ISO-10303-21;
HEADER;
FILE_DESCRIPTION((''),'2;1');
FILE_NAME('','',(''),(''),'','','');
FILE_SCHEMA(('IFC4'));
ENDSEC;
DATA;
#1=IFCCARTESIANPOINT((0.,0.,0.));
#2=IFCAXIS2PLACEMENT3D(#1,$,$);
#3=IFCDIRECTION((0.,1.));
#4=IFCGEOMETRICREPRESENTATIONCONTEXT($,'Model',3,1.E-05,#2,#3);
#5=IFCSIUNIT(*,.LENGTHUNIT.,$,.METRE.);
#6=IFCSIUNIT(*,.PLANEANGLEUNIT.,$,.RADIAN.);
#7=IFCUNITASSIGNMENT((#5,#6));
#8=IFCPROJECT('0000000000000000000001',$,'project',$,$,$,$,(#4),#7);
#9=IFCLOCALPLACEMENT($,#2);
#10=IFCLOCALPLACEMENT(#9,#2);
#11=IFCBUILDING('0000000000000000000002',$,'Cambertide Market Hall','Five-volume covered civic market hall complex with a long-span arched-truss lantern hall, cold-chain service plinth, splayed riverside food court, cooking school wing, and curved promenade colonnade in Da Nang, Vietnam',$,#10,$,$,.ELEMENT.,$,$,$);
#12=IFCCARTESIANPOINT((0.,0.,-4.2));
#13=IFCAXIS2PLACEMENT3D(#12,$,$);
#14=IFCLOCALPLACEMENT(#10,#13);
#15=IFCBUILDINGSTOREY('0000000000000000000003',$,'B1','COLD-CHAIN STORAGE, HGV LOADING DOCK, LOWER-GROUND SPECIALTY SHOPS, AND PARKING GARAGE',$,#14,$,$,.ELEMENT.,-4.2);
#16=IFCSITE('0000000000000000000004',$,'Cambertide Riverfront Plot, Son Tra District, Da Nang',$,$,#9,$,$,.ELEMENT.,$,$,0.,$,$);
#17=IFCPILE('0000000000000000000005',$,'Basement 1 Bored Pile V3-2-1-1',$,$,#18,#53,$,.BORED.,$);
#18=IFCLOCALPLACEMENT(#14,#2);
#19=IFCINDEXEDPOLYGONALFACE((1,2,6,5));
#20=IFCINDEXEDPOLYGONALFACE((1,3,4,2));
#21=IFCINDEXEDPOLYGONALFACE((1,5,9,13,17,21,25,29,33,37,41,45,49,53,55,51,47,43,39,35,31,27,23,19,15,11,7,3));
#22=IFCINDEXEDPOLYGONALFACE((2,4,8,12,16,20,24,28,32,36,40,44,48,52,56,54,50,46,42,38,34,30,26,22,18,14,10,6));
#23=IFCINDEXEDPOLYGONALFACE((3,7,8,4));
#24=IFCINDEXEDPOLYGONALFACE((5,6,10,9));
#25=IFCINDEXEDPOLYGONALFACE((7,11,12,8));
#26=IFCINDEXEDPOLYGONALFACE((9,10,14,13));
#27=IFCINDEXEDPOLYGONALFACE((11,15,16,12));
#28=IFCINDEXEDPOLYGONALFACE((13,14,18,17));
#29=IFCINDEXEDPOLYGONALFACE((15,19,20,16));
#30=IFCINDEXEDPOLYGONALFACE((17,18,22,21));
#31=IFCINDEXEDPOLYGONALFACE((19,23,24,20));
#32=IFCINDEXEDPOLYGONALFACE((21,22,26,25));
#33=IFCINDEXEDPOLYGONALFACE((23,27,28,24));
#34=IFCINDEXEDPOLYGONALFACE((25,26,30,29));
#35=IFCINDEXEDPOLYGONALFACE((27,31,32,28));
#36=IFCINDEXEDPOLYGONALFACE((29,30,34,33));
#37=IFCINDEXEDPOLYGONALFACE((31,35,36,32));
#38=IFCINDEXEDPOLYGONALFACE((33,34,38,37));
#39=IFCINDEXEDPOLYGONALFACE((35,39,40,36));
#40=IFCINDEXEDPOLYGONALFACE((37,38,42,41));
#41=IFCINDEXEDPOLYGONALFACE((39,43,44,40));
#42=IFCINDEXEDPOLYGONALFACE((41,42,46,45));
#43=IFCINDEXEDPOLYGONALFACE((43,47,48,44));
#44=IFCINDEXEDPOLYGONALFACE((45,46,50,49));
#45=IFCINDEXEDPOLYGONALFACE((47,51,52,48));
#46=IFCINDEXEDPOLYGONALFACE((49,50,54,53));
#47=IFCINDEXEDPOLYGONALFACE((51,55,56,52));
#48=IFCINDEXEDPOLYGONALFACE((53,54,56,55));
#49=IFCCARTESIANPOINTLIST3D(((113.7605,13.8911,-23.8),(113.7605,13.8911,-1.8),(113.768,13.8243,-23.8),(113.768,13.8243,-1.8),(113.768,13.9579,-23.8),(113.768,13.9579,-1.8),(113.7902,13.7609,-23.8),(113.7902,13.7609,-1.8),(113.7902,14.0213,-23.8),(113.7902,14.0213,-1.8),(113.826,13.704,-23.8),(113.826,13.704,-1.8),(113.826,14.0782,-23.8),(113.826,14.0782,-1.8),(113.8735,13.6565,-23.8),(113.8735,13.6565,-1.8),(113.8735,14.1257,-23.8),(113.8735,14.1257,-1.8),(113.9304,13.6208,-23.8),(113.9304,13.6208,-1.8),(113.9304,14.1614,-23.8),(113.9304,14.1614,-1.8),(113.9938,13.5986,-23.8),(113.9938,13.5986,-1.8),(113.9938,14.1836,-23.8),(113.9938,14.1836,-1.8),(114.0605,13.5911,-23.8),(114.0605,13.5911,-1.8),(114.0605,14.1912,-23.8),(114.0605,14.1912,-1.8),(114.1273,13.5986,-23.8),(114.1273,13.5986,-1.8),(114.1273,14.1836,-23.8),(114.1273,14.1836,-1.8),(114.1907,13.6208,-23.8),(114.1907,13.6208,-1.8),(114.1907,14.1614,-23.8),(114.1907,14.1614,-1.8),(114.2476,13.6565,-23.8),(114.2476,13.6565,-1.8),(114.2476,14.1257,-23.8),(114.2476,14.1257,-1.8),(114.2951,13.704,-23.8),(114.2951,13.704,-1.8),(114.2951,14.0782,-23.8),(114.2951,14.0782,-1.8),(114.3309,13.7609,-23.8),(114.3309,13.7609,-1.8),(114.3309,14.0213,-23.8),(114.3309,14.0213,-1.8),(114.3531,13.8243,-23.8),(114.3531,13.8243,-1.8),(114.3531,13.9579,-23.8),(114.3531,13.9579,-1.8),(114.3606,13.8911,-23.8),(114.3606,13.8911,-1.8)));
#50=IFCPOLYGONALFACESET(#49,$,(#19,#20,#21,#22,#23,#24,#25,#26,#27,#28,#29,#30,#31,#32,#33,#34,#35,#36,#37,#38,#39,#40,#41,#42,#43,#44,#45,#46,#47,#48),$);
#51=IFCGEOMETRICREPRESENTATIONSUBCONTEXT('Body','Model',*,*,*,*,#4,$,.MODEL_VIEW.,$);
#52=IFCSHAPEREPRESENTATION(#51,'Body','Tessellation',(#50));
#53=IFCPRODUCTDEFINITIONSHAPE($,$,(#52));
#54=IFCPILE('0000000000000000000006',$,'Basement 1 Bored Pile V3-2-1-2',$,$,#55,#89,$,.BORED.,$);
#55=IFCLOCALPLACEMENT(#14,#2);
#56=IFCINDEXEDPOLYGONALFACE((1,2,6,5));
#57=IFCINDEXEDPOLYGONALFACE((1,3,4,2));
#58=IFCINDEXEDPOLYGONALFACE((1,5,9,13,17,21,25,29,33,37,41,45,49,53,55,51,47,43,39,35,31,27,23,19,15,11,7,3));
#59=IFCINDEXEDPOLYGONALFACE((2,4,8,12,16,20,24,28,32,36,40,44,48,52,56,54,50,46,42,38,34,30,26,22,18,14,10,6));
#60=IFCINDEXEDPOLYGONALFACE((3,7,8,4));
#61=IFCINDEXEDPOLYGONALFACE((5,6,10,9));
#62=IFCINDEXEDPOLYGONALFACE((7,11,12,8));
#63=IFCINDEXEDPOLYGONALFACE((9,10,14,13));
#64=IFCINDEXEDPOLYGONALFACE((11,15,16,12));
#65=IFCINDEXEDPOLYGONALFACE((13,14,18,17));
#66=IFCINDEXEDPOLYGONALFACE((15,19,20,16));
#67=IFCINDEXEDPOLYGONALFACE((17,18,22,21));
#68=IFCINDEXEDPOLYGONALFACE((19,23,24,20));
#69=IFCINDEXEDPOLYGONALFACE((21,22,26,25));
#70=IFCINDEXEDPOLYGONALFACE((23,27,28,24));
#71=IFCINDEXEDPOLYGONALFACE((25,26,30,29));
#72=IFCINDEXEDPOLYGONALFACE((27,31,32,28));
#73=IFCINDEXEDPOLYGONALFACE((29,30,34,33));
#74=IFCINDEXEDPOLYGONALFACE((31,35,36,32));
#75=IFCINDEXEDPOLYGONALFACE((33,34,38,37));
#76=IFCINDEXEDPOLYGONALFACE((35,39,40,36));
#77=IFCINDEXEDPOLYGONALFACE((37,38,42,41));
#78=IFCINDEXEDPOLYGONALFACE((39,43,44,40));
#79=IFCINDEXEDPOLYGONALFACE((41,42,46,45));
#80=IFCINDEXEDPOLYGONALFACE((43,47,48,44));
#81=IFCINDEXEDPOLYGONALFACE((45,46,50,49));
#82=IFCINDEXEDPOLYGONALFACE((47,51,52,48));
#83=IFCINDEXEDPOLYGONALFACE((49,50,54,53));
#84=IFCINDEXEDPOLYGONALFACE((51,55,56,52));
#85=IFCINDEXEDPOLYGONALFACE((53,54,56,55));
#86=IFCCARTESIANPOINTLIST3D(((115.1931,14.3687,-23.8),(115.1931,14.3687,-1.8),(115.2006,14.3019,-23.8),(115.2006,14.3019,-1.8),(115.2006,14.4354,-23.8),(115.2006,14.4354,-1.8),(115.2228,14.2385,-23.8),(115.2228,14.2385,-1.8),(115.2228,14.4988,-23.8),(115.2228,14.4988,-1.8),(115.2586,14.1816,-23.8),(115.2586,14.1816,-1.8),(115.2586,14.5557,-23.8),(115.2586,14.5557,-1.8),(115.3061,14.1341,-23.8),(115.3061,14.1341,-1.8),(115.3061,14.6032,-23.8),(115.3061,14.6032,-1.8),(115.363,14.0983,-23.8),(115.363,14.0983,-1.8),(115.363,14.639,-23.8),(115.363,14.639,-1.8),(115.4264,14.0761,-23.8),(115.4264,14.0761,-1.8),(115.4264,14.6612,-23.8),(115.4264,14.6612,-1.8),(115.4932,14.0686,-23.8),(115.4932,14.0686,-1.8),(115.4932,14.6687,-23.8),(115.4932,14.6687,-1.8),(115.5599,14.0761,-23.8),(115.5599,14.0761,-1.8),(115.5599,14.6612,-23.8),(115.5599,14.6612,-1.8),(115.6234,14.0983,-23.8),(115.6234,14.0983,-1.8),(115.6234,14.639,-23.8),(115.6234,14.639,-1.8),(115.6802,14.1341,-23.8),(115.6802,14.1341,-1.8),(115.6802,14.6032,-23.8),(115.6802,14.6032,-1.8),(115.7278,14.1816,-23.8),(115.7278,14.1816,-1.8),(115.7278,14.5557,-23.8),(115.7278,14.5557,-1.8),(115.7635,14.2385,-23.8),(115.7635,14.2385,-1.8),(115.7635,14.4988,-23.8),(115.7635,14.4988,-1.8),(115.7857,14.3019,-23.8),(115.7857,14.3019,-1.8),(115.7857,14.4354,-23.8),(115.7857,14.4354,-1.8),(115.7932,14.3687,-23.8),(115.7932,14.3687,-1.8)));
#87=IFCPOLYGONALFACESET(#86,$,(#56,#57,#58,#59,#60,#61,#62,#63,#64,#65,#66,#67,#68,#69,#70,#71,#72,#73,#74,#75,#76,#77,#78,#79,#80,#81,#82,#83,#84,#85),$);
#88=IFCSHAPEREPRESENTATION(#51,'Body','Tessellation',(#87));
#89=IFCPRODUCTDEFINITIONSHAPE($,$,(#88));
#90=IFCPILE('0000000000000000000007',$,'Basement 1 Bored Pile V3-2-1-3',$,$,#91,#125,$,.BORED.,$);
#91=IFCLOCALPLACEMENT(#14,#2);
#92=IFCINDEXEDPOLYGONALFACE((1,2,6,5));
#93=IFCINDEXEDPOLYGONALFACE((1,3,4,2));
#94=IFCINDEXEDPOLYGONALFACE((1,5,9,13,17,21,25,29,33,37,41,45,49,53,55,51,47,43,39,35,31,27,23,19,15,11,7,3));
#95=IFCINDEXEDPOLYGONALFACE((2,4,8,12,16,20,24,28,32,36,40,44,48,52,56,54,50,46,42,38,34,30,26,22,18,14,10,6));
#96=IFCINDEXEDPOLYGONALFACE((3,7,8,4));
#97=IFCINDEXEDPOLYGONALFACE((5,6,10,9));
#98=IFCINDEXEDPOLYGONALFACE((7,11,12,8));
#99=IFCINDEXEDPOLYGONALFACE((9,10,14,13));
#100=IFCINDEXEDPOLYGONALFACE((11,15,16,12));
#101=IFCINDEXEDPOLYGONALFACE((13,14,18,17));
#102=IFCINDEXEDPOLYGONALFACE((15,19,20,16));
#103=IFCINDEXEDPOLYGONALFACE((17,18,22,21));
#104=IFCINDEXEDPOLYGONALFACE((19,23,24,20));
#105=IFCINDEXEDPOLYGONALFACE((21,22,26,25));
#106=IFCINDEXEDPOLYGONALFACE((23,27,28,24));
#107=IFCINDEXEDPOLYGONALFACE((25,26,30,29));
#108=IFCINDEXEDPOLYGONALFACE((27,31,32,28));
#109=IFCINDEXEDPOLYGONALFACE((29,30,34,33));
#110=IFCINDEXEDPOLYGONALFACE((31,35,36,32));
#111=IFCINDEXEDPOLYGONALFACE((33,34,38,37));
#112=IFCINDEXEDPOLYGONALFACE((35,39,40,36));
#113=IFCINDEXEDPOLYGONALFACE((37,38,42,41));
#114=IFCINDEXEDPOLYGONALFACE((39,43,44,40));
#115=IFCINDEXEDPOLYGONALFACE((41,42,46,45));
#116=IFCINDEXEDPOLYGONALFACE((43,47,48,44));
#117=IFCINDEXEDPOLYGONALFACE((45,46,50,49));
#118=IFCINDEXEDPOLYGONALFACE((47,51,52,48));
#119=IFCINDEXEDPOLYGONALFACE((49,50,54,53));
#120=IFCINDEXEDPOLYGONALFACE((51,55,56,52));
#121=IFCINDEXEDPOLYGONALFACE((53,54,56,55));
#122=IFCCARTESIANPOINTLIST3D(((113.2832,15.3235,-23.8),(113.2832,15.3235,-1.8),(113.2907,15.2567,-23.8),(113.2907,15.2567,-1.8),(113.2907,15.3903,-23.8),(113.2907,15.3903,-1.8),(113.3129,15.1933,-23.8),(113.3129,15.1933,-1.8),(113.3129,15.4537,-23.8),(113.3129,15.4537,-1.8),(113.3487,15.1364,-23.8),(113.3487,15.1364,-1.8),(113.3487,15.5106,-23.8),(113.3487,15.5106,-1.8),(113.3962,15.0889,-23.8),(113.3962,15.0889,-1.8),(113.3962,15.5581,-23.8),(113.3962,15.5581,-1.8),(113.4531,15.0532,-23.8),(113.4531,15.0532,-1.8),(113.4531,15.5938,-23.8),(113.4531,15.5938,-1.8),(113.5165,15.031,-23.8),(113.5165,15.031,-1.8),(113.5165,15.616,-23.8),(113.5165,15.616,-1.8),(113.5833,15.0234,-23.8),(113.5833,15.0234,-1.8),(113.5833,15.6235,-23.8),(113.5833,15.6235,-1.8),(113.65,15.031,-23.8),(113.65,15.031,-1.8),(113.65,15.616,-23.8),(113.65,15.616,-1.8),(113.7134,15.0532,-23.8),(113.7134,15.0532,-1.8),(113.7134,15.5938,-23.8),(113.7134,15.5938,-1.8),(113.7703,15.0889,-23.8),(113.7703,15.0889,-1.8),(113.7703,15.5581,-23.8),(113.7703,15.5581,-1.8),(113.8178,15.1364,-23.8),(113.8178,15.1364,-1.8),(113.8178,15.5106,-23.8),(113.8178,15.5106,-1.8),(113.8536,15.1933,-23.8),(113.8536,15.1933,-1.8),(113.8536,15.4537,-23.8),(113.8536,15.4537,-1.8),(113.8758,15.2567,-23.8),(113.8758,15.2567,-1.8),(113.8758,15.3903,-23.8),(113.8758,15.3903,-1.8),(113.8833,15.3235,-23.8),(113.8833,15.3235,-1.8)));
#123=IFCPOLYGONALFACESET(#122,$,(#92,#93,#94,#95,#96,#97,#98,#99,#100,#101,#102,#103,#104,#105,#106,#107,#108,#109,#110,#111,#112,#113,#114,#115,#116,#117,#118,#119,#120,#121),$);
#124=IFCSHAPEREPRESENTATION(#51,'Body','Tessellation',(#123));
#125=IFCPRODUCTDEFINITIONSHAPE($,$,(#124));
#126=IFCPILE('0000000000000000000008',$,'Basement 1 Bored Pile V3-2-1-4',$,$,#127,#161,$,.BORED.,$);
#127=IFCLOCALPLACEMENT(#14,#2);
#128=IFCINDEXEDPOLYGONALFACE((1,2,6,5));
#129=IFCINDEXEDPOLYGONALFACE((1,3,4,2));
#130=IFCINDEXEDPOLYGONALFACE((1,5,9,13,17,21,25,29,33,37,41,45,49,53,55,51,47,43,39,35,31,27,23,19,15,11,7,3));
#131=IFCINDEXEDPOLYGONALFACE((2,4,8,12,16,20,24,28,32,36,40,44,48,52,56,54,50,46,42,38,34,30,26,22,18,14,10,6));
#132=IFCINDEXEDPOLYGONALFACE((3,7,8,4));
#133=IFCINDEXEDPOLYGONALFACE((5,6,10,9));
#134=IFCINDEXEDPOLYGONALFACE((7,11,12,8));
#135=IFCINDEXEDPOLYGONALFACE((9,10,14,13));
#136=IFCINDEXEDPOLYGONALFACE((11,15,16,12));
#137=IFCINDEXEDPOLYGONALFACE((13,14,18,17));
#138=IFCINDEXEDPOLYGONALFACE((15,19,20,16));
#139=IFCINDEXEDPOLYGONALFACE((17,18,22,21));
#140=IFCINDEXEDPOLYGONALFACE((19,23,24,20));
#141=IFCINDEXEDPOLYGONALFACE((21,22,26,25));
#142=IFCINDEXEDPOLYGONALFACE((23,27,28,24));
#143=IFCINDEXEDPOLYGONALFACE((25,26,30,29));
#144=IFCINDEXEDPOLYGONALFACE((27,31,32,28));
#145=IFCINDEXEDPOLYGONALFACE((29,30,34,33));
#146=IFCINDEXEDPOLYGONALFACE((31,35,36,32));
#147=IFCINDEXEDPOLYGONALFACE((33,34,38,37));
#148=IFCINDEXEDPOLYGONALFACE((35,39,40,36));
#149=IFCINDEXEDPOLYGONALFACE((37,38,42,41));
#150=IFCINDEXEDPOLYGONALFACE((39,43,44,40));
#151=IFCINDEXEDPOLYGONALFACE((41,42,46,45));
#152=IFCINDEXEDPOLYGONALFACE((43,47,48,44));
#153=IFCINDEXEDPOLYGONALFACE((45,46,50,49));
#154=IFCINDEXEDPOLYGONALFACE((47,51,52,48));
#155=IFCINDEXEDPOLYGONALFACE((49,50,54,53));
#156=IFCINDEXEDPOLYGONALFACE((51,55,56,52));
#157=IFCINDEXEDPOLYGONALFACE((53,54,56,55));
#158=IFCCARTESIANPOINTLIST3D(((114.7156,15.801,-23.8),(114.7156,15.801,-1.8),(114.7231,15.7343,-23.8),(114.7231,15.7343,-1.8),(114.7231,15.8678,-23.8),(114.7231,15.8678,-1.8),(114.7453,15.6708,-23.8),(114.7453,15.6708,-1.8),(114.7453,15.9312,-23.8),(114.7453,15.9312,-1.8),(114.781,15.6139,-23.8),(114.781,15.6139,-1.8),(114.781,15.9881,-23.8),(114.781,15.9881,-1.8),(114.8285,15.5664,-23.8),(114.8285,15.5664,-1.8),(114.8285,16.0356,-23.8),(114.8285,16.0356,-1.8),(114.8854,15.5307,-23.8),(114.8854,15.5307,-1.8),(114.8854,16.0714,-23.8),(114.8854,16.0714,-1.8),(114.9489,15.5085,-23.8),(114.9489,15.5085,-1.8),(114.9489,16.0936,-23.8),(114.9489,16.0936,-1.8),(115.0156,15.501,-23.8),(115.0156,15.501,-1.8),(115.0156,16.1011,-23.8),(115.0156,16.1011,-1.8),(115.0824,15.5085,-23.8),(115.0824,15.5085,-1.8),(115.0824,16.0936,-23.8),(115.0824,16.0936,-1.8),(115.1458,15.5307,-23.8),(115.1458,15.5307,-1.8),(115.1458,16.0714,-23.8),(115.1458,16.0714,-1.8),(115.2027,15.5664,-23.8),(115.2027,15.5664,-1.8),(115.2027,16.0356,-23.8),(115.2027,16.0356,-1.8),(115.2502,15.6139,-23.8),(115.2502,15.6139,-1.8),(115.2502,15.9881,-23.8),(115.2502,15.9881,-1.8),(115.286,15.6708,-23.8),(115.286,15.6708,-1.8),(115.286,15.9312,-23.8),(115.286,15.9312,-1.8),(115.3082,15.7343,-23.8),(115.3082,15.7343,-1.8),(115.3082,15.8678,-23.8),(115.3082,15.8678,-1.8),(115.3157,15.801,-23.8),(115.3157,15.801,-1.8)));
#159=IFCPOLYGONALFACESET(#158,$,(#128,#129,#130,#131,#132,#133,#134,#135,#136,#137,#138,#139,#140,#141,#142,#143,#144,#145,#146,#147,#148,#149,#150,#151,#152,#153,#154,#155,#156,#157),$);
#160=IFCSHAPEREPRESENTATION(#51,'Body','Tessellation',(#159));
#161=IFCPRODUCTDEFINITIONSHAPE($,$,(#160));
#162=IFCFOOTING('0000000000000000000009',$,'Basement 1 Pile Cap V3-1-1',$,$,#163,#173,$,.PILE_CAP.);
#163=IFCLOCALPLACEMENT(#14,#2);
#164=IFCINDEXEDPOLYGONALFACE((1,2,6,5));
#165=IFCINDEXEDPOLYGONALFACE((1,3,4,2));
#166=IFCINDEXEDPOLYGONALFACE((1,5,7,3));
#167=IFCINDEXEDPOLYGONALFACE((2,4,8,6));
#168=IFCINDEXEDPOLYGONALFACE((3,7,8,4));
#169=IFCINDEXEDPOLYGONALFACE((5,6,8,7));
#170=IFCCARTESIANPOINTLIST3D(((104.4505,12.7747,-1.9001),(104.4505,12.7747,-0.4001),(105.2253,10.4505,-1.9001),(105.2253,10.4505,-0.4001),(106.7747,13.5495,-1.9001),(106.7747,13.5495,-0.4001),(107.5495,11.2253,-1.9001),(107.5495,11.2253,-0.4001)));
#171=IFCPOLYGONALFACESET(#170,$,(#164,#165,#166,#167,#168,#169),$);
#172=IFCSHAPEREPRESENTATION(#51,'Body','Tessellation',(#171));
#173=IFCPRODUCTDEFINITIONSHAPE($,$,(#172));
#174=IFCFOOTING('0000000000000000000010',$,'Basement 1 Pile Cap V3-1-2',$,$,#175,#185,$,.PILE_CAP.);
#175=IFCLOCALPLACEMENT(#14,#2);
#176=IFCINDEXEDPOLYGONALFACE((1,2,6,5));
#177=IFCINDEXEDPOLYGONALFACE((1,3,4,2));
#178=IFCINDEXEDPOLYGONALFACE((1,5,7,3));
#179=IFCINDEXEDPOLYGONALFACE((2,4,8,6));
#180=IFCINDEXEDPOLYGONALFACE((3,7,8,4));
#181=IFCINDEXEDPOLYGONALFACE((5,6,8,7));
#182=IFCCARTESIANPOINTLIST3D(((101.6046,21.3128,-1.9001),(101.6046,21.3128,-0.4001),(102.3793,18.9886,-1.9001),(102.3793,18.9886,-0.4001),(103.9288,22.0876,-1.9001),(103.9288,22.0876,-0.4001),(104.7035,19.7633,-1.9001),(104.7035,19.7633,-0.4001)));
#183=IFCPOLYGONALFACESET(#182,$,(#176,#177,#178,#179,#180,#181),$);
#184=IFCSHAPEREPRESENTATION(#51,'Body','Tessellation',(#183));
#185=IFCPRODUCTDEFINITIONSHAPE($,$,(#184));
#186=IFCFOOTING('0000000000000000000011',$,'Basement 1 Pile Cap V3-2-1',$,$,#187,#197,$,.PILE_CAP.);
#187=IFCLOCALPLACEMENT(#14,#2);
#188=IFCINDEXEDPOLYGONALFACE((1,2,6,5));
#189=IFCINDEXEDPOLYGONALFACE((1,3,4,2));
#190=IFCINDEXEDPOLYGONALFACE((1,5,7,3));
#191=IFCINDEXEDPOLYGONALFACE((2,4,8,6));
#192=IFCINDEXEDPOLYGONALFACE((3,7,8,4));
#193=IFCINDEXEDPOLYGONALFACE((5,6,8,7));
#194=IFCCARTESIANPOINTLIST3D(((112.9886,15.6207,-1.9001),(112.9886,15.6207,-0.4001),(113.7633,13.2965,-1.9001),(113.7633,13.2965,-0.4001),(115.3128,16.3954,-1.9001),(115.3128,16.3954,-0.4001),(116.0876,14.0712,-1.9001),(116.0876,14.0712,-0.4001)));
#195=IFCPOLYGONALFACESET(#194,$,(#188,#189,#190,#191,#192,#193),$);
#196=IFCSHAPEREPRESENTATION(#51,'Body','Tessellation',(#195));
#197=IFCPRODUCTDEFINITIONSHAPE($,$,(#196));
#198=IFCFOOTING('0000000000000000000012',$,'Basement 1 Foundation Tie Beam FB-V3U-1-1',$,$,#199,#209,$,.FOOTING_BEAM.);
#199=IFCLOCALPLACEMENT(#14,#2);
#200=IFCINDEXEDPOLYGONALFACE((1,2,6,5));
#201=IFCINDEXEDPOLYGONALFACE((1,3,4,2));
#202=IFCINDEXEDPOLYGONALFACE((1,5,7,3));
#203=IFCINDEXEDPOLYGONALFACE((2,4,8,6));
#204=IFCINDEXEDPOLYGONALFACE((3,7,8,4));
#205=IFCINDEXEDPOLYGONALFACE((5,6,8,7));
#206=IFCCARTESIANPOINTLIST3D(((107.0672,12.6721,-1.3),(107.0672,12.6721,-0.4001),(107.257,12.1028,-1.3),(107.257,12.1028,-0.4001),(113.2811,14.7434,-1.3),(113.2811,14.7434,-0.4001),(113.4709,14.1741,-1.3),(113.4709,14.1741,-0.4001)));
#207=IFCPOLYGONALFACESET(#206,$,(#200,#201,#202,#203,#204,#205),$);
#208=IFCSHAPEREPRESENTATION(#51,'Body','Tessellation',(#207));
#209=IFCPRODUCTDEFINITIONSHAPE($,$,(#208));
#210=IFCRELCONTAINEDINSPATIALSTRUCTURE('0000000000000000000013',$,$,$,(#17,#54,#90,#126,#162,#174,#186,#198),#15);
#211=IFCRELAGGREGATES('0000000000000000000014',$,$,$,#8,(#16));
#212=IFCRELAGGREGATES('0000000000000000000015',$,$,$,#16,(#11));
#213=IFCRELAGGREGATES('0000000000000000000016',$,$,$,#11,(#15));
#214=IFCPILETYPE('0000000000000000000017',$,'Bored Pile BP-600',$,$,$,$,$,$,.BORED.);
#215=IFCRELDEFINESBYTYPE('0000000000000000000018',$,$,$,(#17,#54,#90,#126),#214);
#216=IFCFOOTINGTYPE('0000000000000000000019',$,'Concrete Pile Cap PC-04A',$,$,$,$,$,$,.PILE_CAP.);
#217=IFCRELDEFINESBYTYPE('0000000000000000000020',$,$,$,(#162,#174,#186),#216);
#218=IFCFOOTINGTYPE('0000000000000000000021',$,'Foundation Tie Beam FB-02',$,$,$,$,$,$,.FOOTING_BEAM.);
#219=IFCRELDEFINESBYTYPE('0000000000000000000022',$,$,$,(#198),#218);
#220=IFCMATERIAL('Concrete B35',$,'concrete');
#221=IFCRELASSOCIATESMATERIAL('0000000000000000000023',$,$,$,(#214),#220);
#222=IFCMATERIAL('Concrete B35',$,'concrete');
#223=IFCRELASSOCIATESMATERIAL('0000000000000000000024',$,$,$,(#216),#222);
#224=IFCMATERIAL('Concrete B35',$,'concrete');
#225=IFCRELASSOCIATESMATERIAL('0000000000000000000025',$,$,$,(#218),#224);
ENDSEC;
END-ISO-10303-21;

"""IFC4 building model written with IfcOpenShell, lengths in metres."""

from ifc_helpers import new_model, si_unit, direction, frame, origin, origin_2d, place, context, subcontext, project, spatial, rectangle, circle, extrude, material, material_profile, profile_set, type_object, element, save


model = new_model("IFC4")

# Units and contexts
model_context = context("Model", 3, precision=1e-05, world=origin(), true_north=direction((0.0, 1.0)))
body_context = subcontext(model_context, "Body", "Model", "MODEL_VIEW")
ifc_project = project(units=[si_unit("LENGTHUNIT", "METRE"), si_unit("PLANEANGLEUNIT", "RADIAN")], contexts=[model_context])

# Site, building, storey
site_placement = place(None, origin())
site = spatial("IfcSite", under=ifc_project, at=site_placement, Name="Cambertide Riverfront Plot, Son Tra District, Da Nang", CompositionType="ELEMENT", RefElevation=0.0)
building_placement = place(site_placement, origin())
building = spatial("IfcBuilding", under=site, at=building_placement, Name="Cambertide Market Hall", Description="Five-volume covered civic market hall complex with a long-span arched-truss lantern hall, cold-chain service plinth, splayed riverside food court, cooking school wing, and curved promenade colonnade in Da Nang, Vietnam", CompositionType="ELEMENT")
storey_placement = place(building_placement, frame((0.0, 0.0, -4.2)))
storey = spatial("IfcBuildingStorey", under=building, at=storey_placement, Name="B1", Description="COLD-CHAIN STORAGE, HGV LOADING DOCK, LOWER-GROUND SPECIALTY SHOPS, AND PARKING GARAGE", CompositionType="ELEMENT", Elevation=-4.2)

# Piles
ifc_material_1 = material(Name="Concrete B35", Category="concrete")
ifc_material_profile_1 = material_profile(ifc_material_1, circle(Radius=0.3, at=origin_2d()), Name="BP D600")
ifc_profile_set_1 = profile_set([ifc_material_profile_1], Name="Concrete B35")
pile_type = type_object("IfcPileType", Name="Bored Pile BP-600", PredefinedType="BORED", material=ifc_profile_set_1)
for number, where, z_axis, x_axis, name in (
    (1, (114.0605, 13.8911, -1.8), (0.0, 0.0, -1.0), (1.0, 0.0, 0.0), "Basement 1 Bored Pile V3-2-1-1"),
    (2, (115.4932, 14.3687, -1.8), (0.0, 0.0, -1.0), (1.0, 0.0, 0.0), "Basement 1 Bored Pile V3-2-1-2"),
    (3, (113.5833, 15.3235, -1.8), (0.0, 0.0, -1.0), (1.0, 0.0, 0.0), "Basement 1 Bored Pile V3-2-1-3"),
    (4, (115.0156, 15.801, -1.8), (0.0, 0.0, -1.0), (1.0, 0.0, 0.0), "Basement 1 Bored Pile V3-2-1-4"),
):
    element("IfcPile", number, at=place(storey_placement, frame(where, z_axis=z_axis, x_axis=x_axis)), inside=storey, type_object=pile_type, Name=name, PredefinedType="BORED", context=body_context, shape_type="SweptSolid", body=[
        extrude(circle(Radius=0.3, at=origin_2d()), origin(), (0.0, 0.0, 1.0), 22.0),
    ])

# Footings
ifc_material_2 = material(Name="Concrete B35", Category="concrete")
footing_type_1 = type_object("IfcFootingType", Name="Concrete Pile Cap PC-04A", PredefinedType="PILE_CAP", material=ifc_material_2)
for number, where, z_axis, x_axis, name in (
    (5, (106.0, 12.0, -1.9001), (0.0, 0.0, 1.0), (0.948683, 0.316228, 0.0), "Basement 1 Pile Cap V3-1-1"),
    (6, (103.1541, 20.5381, -1.9001), (0.0, 0.0, 1.0), (0.948683, 0.316228, 0.0), "Basement 1 Pile Cap V3-1-2"),
    (7, (114.5381, 14.8459, -1.9001), (0.0, 0.0, 1.0), (0.948683, 0.316228, 0.0), "Basement 1 Pile Cap V3-2-1"),
):
    element("IfcFooting", number, at=place(storey_placement, frame(where, z_axis=z_axis, x_axis=x_axis)), inside=storey, type_object=footing_type_1, Name=name, PredefinedType="PILE_CAP", context=body_context, shape_type="SweptSolid", body=[
        extrude(rectangle(XDim=2.45, YDim=2.45, at=origin_2d()), origin(), (0.0, 0.0, 1.0), 1.5),
    ])
ifc_material_3 = material(Name="Concrete B35", Category="concrete")
footing_type_2 = type_object("IfcFootingType", Name="Foundation Tie Beam FB-02", PredefinedType="FOOTING_BEAM", material=ifc_material_3)
for number, where, z_axis, x_axis, name in (
    (8, (110.269, 13.4231, -1.3), (0.0, 0.0, 1.0), (0.948683, 0.316228, 0.0), "Basement 1 Foundation Tie Beam FB-V3U-1-1"),
):
    element("IfcFooting", number, at=place(storey_placement, frame(where, z_axis=z_axis, x_axis=x_axis)), inside=storey, type_object=footing_type_2, Name=name, PredefinedType="FOOTING_BEAM", context=body_context, shape_type="SweptSolid", body=[
        extrude(rectangle(XDim=6.55, YDim=0.6001, at=origin_2d()), origin(), (0.0, 0.0, 1.0), 0.8999),
    ])

save(model, "model.ifc")
